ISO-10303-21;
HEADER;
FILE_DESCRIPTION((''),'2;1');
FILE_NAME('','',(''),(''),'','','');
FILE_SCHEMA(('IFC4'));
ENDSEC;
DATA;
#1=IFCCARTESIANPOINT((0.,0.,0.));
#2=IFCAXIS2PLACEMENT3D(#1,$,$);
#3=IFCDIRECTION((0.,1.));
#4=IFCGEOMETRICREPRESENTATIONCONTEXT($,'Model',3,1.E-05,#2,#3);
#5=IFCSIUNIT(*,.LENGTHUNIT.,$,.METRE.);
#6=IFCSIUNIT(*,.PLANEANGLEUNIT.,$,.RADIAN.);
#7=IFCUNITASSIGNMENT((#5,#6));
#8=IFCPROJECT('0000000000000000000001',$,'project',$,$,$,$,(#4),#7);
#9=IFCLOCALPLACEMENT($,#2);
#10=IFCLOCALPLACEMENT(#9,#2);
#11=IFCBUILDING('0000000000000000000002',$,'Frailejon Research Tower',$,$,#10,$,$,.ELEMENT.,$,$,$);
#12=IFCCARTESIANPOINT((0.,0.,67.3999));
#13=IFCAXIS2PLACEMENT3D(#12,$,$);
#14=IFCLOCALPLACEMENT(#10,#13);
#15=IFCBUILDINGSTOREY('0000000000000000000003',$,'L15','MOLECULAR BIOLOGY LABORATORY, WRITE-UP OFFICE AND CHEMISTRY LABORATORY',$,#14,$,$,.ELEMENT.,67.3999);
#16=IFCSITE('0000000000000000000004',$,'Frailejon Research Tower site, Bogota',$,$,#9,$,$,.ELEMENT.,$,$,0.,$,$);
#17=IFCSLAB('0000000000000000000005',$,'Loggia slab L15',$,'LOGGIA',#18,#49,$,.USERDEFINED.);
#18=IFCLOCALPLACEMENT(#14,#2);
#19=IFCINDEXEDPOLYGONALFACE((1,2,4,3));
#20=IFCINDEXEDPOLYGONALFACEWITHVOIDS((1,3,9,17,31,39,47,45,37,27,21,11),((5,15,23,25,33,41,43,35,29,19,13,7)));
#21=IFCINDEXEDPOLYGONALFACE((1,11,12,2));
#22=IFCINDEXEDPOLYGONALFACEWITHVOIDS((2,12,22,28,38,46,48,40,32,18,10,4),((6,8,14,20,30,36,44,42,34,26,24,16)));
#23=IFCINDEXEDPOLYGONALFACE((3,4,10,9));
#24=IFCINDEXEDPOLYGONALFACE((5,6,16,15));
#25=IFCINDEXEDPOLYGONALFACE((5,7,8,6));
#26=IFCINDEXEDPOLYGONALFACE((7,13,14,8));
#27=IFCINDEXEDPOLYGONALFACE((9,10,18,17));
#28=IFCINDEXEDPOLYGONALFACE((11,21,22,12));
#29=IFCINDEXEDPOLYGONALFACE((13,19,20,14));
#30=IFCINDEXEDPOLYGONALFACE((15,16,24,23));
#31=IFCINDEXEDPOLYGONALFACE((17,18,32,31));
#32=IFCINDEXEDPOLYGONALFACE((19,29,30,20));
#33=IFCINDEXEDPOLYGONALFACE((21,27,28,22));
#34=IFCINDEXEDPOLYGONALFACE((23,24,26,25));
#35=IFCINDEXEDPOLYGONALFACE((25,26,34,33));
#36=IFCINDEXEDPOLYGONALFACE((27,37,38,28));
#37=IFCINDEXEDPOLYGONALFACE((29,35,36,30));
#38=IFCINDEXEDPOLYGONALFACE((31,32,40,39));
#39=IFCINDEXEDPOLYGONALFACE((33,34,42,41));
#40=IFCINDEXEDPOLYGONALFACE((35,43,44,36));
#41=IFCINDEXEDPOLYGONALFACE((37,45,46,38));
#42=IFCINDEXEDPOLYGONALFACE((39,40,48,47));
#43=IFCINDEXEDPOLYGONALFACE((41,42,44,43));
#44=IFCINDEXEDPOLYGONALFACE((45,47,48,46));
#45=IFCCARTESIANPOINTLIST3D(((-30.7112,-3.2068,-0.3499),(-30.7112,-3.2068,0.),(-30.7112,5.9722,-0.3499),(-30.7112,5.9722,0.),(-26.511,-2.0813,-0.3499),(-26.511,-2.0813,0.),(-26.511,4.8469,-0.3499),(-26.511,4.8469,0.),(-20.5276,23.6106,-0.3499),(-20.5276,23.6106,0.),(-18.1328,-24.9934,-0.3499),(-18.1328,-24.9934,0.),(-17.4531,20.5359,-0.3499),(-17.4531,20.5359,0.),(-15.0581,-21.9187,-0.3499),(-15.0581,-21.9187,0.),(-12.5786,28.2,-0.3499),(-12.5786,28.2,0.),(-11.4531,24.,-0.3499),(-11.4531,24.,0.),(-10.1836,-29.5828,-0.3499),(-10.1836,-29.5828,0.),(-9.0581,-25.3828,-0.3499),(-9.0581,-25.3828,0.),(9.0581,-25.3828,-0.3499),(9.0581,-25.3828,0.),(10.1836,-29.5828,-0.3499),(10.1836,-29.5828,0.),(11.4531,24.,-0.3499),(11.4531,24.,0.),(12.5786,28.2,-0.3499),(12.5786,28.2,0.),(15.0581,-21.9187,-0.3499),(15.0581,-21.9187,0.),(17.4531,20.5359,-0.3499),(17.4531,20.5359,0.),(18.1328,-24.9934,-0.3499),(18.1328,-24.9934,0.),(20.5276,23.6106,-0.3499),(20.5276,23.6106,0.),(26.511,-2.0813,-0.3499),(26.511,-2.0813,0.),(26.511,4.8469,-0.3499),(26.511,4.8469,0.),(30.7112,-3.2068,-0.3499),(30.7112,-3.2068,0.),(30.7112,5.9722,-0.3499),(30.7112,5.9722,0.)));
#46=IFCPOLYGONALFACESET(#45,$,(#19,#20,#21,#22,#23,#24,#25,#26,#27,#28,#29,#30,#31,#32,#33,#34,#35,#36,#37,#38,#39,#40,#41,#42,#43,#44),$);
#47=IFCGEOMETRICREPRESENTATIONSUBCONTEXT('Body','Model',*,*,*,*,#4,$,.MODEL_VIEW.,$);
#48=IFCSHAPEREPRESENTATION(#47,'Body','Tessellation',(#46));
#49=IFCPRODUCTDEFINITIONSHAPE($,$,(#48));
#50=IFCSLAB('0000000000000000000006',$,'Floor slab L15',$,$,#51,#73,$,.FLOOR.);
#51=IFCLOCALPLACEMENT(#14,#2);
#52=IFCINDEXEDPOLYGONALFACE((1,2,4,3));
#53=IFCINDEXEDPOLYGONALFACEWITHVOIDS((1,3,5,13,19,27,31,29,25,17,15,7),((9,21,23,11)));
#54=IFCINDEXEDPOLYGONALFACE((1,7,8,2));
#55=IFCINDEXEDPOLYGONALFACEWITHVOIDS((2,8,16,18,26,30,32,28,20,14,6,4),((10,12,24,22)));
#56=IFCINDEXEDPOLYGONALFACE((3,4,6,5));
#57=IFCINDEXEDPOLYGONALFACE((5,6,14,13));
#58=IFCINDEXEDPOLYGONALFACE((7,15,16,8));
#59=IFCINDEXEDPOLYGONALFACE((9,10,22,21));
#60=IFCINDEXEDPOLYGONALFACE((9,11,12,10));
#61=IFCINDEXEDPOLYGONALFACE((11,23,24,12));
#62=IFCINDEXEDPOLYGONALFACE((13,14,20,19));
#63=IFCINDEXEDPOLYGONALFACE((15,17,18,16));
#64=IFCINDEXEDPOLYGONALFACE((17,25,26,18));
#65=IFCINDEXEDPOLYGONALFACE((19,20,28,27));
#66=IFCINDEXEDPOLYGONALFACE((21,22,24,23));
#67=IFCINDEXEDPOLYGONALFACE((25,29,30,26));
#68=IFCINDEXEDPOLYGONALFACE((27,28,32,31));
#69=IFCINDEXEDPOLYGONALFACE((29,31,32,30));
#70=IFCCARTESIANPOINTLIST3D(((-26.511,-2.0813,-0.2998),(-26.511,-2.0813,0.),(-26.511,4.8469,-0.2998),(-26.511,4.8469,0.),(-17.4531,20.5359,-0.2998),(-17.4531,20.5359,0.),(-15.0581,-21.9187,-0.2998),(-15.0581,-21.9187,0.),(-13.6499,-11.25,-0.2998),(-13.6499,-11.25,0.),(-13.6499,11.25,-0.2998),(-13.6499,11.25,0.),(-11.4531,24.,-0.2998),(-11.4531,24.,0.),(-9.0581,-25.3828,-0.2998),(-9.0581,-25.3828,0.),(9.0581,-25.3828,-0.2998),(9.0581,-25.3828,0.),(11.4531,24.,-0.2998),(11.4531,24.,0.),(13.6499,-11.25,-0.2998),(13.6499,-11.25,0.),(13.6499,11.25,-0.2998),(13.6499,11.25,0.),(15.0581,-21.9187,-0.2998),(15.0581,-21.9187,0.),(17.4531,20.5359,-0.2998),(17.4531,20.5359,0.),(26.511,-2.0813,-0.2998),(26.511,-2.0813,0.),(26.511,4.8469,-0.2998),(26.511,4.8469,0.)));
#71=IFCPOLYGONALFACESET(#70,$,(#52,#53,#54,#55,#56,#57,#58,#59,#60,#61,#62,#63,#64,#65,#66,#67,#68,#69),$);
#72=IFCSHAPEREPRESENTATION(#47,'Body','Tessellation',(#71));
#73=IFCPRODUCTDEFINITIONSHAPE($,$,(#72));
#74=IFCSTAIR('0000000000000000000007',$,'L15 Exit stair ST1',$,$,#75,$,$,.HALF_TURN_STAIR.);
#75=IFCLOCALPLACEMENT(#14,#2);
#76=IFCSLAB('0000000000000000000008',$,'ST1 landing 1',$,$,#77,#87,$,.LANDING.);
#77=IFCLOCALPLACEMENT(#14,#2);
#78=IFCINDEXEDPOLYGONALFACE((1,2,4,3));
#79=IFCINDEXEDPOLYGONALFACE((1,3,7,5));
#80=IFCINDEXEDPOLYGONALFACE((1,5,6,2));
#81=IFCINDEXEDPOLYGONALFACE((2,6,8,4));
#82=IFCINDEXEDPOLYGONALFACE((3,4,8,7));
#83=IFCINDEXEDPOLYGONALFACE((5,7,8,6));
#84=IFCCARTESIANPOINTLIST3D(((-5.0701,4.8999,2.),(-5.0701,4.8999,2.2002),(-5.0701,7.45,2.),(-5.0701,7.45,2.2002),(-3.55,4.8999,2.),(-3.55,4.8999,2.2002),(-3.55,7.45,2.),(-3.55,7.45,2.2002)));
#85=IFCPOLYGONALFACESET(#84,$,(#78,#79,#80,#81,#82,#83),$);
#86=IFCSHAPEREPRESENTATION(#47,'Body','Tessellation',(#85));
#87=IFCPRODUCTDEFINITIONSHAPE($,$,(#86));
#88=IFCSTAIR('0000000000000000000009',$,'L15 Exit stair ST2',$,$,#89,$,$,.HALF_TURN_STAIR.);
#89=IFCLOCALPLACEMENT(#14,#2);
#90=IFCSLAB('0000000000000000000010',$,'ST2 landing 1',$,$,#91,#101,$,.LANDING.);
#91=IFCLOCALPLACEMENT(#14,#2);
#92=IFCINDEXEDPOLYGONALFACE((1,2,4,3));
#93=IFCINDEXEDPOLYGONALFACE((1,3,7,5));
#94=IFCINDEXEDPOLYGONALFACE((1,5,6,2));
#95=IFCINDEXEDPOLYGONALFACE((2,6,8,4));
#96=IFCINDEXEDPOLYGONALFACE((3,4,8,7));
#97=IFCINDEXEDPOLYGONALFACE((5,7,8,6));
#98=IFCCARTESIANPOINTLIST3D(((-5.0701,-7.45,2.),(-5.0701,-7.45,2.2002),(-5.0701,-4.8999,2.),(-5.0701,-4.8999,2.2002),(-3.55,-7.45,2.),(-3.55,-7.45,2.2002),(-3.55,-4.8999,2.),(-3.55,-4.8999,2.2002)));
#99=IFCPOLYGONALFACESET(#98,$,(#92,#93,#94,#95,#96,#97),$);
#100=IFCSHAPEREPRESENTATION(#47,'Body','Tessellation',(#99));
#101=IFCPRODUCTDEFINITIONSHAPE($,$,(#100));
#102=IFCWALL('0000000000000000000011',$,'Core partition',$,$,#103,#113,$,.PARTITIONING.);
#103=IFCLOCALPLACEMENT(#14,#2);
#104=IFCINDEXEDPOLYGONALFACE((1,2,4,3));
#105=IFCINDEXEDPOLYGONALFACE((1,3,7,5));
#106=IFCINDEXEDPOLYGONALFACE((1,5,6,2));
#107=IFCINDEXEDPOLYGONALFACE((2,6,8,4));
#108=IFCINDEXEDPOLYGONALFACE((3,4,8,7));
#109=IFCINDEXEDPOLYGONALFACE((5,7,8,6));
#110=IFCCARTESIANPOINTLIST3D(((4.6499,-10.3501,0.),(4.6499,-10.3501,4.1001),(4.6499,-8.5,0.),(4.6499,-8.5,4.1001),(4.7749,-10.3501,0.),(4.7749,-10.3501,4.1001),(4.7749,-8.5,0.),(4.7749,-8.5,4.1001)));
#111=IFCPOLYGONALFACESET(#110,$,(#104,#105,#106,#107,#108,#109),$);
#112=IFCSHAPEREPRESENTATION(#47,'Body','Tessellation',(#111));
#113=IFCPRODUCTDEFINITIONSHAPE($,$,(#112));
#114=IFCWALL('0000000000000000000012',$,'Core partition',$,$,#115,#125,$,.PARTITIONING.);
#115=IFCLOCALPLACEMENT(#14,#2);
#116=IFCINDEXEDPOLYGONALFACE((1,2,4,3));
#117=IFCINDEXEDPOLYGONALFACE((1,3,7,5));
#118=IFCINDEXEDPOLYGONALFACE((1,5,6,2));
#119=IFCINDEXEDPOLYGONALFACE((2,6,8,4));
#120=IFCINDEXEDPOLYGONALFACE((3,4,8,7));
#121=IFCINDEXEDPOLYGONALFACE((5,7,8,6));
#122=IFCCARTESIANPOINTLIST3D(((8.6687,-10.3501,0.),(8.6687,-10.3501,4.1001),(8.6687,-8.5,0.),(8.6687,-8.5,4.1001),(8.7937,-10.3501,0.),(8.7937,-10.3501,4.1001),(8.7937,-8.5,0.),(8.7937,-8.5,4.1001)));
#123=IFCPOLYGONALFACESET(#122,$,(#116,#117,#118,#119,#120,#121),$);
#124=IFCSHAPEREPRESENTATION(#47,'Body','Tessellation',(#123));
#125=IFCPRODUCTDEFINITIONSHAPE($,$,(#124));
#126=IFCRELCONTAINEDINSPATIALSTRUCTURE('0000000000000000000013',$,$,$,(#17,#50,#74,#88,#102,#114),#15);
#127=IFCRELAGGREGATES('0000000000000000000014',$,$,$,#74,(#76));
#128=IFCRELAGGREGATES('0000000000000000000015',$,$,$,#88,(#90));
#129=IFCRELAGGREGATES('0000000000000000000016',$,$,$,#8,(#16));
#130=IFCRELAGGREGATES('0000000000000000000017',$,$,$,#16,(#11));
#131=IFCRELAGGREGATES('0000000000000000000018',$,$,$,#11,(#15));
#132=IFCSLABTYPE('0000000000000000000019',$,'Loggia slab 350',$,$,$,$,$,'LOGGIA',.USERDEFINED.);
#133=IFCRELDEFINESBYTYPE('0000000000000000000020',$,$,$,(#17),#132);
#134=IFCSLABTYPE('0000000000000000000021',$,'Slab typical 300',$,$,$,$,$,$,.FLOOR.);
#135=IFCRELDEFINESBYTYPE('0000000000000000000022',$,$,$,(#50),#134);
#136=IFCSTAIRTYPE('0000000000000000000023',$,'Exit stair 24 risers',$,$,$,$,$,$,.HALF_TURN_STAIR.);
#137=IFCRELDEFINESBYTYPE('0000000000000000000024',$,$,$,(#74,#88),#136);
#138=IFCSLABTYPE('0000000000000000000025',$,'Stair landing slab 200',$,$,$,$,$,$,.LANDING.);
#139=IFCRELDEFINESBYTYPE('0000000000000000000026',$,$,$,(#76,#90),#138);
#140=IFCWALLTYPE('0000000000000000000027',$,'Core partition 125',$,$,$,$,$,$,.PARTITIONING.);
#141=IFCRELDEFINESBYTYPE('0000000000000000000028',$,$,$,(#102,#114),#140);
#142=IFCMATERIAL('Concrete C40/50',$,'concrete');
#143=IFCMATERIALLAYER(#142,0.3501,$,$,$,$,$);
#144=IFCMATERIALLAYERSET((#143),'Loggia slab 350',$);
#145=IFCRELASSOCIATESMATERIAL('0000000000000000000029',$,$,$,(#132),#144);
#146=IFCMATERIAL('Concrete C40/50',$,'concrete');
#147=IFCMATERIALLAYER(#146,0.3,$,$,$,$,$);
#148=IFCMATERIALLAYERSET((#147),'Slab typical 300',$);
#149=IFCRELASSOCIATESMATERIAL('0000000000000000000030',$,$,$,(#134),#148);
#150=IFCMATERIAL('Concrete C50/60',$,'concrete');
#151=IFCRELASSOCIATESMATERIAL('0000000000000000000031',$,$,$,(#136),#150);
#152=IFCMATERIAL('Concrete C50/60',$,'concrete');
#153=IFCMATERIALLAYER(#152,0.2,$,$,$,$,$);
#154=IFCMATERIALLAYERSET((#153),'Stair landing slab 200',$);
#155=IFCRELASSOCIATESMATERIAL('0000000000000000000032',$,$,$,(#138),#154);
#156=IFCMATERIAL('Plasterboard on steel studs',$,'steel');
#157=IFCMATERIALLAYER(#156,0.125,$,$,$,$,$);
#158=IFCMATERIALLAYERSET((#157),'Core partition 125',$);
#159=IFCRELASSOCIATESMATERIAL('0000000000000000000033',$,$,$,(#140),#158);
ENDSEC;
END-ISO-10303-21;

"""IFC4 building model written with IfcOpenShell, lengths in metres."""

from ifc_helpers import new_model, si_unit, direction, frame, frame_2d, origin, place, context, subcontext, project, spatial, polyline, rectangle, outline, extrude, material, layer, layer_set, type_object, element, aggregate, save


model = new_model("IFC4")

# Units and contexts
model_context = context("Model", 3, precision=1e-05, world=origin(), true_north=direction((0.0, 1.0)))
body_context = subcontext(model_context, "Body", "Model", "MODEL_VIEW")
ifc_project = project(units=[si_unit("LENGTHUNIT", "METRE"), si_unit("PLANEANGLEUNIT", "RADIAN")], contexts=[model_context])

# Site, building, storey
site_placement = place(None, origin())
site = spatial("IfcSite", under=ifc_project, at=site_placement, Name="Frailejon Research Tower site, Bogota", CompositionType="ELEMENT", RefElevation=0.0)
building_placement = place(site_placement, origin())
building = spatial("IfcBuilding", under=site, at=building_placement, Name="Frailejon Research Tower", CompositionType="ELEMENT")
storey_placement = place(building_placement, frame((0.0, 0.0, 67.3999)))
storey = spatial("IfcBuildingStorey", under=building, at=storey_placement, Name="L15", Description="MOLECULAR BIOLOGY LABORATORY, WRITE-UP OFFICE AND CHEMISTRY LABORATORY", CompositionType="ELEMENT", Elevation=67.3999)

# Slabs
ifc_material_1 = material(Name="Concrete C40/50", Category="concrete")
ifc_layer_1 = layer(ifc_material_1, 0.3501)
ifc_layer_set_1 = layer_set([ifc_layer_1], Name="Loggia slab 350")
slab_type_1 = type_object("IfcSlabType", Name="Loggia slab 350", ElementType="LOGGIA", PredefinedType="USERDEFINED", material=ifc_layer_set_1)
slab_1_placement = place(storey_placement, frame((0.0, 0.0, -0.3499)))
element("IfcSlab", 1, at=slab_1_placement, inside=storey, type_object=slab_type_1, Name="Loggia slab L15", ObjectType="LOGGIA", PredefinedType="USERDEFINED", context=body_context, shape_type="SweptSolid", body=[
    extrude(outline(polyline([(18.1328, -24.9934), (10.1836, -29.5828), (-10.1836, -29.5828), (-18.1328, -24.9934), (-30.7112, -3.2068), (-30.7112, 5.9722), (-20.5276, 23.6106), (-12.5786, 28.2), (12.5786, 28.2), (20.5276, 23.6106), (30.7112, 5.9722), (30.7112, -3.2068), (18.1328, -24.9934)]), holes=[polyline([(26.511, 4.8469), (17.4531, 20.5359), (11.4531, 24.0), (-11.4531, 24.0), (-17.4531, 20.5359), (-26.511, 4.8469), (-26.511, -2.0813), (-15.0581, -21.9187), (-9.0581, -25.3828), (9.0581, -25.3828), (15.0581, -21.9187), (26.511, -2.0813), (26.511, 4.8469)])]), origin(), (0.0, 0.0, 1.0), 0.3499),
])
ifc_material_2 = material(Name="Concrete C40/50", Category="concrete")
ifc_layer_2 = layer(ifc_material_2, 0.3)
ifc_layer_set_2 = layer_set([ifc_layer_2], Name="Slab typical 300")
slab_type_2 = type_object("IfcSlabType", Name="Slab typical 300", PredefinedType="FLOOR", material=ifc_layer_set_2)
slab_2_placement = place(storey_placement, frame((0.0, 0.0, -0.2998)))
element("IfcSlab", 2, at=slab_2_placement, inside=storey, type_object=slab_type_2, Name="Floor slab L15", PredefinedType="FLOOR", context=body_context, shape_type="SweptSolid", body=[
    extrude(outline(polyline([(26.511, -2.0813), (26.511, 4.8469), (17.4531, 20.5359), (11.4531, 24.0), (-11.4531, 24.0), (-17.4531, 20.5359), (-26.511, 4.8469), (-26.511, -2.0813), (-15.0581, -21.9187), (-9.0581, -25.3828), (9.0581, -25.3828), (15.0581, -21.9187), (26.511, -2.0813)]), holes=[polyline([(13.6499, -11.25), (-13.6499, -11.25), (-13.6499, 11.25), (13.6499, 11.25), (13.6499, -11.25)])]), origin(), (0.0, 0.0, 1.0), 0.2998),
])

# Stairs, slabs
ifc_material_3 = material(Name="Concrete C50/60", Category="concrete")
stair_type = type_object("IfcStairType", Name="Exit stair 24 risers", PredefinedType="HALF_TURN_STAIR", material=ifc_material_3)
stair_1_placement = place(storey_placement, origin())
stair_1 = element("IfcStair", 3, at=stair_1_placement, inside=storey, type_object=stair_type, Name="L15 Exit stair ST1", PredefinedType="HALF_TURN_STAIR")
ifc_material_4 = material(Name="Concrete C50/60", Category="concrete")
ifc_layer_3 = layer(ifc_material_4, 0.2)
ifc_layer_set_3 = layer_set([ifc_layer_3], Name="Stair landing slab 200")
slab_type_3 = type_object("IfcSlabType", Name="Stair landing slab 200", PredefinedType="LANDING", material=ifc_layer_set_3)
slab_3_placement = place(storey_placement, frame((0.0, 0.0, 2.0)))
slab_3 = element("IfcSlab", 4, at=slab_3_placement, type_object=slab_type_3, Name="ST1 landing 1", PredefinedType="LANDING", context=body_context, shape_type="SweptSolid", body=[
    extrude(outline(polyline([(-5.0701, 4.8999), (-3.55, 4.8999), (-3.55, 7.45), (-5.0701, 7.45), (-5.0701, 4.8999)])), origin(), (0.0, 0.0, 1.0), 0.2002),
])
aggregate(stair_1, [slab_3])
stair_2_placement = place(storey_placement, origin())
stair_2 = element("IfcStair", 5, at=stair_2_placement, inside=storey, type_object=stair_type, Name="L15 Exit stair ST2", PredefinedType="HALF_TURN_STAIR")
slab_4_placement = place(storey_placement, frame((0.0, 0.0, 2.0)))
slab_4 = element("IfcSlab", 6, at=slab_4_placement, type_object=slab_type_3, Name="ST2 landing 1", PredefinedType="LANDING", context=body_context, shape_type="SweptSolid", body=[
    extrude(outline(polyline([(-5.0701, -7.45), (-3.55, -7.45), (-3.55, -4.8999), (-5.0701, -4.8999), (-5.0701, -7.45)])), origin(), (0.0, 0.0, 1.0), 0.2002),
])
aggregate(stair_2, [slab_4])

# Walls
ifc_material_5 = material(Name="Plasterboard on steel studs", Category="steel")
ifc_layer_4 = layer(ifc_material_5, 0.125)
ifc_layer_set_4 = layer_set([ifc_layer_4], Name="Core partition 125")
wall_type_1 = type_object("IfcWallType", Name="Core partition 125", PredefinedType="PARTITIONING", material=ifc_layer_set_4)
for number, where, z_axis, x_axis, name in (
    (7, (4.7124, -10.3501, 0.0), (0.0, 0.0, 1.0), (0.0, 1.0, 0.0), "Core partition"),
    (8, (8.7312, -10.3501, 0.0), (0.0, 0.0, 1.0), (0.0, 1.0, 0.0), "Core partition"),
):
    element("IfcWall", number, at=place(storey_placement, frame(where, z_axis=z_axis, x_axis=x_axis)), inside=storey, type_object=wall_type_1, Name=name, PredefinedType="PARTITIONING", context=body_context, shape_type="SweptSolid", body=[
        extrude(rectangle(XDim=1.8501, YDim=0.125, at=frame_2d((0.925, 0.0))), origin(), (0.0, 0.0, 1.0), 4.1001),
    ])

save(model, "model.ifc")
